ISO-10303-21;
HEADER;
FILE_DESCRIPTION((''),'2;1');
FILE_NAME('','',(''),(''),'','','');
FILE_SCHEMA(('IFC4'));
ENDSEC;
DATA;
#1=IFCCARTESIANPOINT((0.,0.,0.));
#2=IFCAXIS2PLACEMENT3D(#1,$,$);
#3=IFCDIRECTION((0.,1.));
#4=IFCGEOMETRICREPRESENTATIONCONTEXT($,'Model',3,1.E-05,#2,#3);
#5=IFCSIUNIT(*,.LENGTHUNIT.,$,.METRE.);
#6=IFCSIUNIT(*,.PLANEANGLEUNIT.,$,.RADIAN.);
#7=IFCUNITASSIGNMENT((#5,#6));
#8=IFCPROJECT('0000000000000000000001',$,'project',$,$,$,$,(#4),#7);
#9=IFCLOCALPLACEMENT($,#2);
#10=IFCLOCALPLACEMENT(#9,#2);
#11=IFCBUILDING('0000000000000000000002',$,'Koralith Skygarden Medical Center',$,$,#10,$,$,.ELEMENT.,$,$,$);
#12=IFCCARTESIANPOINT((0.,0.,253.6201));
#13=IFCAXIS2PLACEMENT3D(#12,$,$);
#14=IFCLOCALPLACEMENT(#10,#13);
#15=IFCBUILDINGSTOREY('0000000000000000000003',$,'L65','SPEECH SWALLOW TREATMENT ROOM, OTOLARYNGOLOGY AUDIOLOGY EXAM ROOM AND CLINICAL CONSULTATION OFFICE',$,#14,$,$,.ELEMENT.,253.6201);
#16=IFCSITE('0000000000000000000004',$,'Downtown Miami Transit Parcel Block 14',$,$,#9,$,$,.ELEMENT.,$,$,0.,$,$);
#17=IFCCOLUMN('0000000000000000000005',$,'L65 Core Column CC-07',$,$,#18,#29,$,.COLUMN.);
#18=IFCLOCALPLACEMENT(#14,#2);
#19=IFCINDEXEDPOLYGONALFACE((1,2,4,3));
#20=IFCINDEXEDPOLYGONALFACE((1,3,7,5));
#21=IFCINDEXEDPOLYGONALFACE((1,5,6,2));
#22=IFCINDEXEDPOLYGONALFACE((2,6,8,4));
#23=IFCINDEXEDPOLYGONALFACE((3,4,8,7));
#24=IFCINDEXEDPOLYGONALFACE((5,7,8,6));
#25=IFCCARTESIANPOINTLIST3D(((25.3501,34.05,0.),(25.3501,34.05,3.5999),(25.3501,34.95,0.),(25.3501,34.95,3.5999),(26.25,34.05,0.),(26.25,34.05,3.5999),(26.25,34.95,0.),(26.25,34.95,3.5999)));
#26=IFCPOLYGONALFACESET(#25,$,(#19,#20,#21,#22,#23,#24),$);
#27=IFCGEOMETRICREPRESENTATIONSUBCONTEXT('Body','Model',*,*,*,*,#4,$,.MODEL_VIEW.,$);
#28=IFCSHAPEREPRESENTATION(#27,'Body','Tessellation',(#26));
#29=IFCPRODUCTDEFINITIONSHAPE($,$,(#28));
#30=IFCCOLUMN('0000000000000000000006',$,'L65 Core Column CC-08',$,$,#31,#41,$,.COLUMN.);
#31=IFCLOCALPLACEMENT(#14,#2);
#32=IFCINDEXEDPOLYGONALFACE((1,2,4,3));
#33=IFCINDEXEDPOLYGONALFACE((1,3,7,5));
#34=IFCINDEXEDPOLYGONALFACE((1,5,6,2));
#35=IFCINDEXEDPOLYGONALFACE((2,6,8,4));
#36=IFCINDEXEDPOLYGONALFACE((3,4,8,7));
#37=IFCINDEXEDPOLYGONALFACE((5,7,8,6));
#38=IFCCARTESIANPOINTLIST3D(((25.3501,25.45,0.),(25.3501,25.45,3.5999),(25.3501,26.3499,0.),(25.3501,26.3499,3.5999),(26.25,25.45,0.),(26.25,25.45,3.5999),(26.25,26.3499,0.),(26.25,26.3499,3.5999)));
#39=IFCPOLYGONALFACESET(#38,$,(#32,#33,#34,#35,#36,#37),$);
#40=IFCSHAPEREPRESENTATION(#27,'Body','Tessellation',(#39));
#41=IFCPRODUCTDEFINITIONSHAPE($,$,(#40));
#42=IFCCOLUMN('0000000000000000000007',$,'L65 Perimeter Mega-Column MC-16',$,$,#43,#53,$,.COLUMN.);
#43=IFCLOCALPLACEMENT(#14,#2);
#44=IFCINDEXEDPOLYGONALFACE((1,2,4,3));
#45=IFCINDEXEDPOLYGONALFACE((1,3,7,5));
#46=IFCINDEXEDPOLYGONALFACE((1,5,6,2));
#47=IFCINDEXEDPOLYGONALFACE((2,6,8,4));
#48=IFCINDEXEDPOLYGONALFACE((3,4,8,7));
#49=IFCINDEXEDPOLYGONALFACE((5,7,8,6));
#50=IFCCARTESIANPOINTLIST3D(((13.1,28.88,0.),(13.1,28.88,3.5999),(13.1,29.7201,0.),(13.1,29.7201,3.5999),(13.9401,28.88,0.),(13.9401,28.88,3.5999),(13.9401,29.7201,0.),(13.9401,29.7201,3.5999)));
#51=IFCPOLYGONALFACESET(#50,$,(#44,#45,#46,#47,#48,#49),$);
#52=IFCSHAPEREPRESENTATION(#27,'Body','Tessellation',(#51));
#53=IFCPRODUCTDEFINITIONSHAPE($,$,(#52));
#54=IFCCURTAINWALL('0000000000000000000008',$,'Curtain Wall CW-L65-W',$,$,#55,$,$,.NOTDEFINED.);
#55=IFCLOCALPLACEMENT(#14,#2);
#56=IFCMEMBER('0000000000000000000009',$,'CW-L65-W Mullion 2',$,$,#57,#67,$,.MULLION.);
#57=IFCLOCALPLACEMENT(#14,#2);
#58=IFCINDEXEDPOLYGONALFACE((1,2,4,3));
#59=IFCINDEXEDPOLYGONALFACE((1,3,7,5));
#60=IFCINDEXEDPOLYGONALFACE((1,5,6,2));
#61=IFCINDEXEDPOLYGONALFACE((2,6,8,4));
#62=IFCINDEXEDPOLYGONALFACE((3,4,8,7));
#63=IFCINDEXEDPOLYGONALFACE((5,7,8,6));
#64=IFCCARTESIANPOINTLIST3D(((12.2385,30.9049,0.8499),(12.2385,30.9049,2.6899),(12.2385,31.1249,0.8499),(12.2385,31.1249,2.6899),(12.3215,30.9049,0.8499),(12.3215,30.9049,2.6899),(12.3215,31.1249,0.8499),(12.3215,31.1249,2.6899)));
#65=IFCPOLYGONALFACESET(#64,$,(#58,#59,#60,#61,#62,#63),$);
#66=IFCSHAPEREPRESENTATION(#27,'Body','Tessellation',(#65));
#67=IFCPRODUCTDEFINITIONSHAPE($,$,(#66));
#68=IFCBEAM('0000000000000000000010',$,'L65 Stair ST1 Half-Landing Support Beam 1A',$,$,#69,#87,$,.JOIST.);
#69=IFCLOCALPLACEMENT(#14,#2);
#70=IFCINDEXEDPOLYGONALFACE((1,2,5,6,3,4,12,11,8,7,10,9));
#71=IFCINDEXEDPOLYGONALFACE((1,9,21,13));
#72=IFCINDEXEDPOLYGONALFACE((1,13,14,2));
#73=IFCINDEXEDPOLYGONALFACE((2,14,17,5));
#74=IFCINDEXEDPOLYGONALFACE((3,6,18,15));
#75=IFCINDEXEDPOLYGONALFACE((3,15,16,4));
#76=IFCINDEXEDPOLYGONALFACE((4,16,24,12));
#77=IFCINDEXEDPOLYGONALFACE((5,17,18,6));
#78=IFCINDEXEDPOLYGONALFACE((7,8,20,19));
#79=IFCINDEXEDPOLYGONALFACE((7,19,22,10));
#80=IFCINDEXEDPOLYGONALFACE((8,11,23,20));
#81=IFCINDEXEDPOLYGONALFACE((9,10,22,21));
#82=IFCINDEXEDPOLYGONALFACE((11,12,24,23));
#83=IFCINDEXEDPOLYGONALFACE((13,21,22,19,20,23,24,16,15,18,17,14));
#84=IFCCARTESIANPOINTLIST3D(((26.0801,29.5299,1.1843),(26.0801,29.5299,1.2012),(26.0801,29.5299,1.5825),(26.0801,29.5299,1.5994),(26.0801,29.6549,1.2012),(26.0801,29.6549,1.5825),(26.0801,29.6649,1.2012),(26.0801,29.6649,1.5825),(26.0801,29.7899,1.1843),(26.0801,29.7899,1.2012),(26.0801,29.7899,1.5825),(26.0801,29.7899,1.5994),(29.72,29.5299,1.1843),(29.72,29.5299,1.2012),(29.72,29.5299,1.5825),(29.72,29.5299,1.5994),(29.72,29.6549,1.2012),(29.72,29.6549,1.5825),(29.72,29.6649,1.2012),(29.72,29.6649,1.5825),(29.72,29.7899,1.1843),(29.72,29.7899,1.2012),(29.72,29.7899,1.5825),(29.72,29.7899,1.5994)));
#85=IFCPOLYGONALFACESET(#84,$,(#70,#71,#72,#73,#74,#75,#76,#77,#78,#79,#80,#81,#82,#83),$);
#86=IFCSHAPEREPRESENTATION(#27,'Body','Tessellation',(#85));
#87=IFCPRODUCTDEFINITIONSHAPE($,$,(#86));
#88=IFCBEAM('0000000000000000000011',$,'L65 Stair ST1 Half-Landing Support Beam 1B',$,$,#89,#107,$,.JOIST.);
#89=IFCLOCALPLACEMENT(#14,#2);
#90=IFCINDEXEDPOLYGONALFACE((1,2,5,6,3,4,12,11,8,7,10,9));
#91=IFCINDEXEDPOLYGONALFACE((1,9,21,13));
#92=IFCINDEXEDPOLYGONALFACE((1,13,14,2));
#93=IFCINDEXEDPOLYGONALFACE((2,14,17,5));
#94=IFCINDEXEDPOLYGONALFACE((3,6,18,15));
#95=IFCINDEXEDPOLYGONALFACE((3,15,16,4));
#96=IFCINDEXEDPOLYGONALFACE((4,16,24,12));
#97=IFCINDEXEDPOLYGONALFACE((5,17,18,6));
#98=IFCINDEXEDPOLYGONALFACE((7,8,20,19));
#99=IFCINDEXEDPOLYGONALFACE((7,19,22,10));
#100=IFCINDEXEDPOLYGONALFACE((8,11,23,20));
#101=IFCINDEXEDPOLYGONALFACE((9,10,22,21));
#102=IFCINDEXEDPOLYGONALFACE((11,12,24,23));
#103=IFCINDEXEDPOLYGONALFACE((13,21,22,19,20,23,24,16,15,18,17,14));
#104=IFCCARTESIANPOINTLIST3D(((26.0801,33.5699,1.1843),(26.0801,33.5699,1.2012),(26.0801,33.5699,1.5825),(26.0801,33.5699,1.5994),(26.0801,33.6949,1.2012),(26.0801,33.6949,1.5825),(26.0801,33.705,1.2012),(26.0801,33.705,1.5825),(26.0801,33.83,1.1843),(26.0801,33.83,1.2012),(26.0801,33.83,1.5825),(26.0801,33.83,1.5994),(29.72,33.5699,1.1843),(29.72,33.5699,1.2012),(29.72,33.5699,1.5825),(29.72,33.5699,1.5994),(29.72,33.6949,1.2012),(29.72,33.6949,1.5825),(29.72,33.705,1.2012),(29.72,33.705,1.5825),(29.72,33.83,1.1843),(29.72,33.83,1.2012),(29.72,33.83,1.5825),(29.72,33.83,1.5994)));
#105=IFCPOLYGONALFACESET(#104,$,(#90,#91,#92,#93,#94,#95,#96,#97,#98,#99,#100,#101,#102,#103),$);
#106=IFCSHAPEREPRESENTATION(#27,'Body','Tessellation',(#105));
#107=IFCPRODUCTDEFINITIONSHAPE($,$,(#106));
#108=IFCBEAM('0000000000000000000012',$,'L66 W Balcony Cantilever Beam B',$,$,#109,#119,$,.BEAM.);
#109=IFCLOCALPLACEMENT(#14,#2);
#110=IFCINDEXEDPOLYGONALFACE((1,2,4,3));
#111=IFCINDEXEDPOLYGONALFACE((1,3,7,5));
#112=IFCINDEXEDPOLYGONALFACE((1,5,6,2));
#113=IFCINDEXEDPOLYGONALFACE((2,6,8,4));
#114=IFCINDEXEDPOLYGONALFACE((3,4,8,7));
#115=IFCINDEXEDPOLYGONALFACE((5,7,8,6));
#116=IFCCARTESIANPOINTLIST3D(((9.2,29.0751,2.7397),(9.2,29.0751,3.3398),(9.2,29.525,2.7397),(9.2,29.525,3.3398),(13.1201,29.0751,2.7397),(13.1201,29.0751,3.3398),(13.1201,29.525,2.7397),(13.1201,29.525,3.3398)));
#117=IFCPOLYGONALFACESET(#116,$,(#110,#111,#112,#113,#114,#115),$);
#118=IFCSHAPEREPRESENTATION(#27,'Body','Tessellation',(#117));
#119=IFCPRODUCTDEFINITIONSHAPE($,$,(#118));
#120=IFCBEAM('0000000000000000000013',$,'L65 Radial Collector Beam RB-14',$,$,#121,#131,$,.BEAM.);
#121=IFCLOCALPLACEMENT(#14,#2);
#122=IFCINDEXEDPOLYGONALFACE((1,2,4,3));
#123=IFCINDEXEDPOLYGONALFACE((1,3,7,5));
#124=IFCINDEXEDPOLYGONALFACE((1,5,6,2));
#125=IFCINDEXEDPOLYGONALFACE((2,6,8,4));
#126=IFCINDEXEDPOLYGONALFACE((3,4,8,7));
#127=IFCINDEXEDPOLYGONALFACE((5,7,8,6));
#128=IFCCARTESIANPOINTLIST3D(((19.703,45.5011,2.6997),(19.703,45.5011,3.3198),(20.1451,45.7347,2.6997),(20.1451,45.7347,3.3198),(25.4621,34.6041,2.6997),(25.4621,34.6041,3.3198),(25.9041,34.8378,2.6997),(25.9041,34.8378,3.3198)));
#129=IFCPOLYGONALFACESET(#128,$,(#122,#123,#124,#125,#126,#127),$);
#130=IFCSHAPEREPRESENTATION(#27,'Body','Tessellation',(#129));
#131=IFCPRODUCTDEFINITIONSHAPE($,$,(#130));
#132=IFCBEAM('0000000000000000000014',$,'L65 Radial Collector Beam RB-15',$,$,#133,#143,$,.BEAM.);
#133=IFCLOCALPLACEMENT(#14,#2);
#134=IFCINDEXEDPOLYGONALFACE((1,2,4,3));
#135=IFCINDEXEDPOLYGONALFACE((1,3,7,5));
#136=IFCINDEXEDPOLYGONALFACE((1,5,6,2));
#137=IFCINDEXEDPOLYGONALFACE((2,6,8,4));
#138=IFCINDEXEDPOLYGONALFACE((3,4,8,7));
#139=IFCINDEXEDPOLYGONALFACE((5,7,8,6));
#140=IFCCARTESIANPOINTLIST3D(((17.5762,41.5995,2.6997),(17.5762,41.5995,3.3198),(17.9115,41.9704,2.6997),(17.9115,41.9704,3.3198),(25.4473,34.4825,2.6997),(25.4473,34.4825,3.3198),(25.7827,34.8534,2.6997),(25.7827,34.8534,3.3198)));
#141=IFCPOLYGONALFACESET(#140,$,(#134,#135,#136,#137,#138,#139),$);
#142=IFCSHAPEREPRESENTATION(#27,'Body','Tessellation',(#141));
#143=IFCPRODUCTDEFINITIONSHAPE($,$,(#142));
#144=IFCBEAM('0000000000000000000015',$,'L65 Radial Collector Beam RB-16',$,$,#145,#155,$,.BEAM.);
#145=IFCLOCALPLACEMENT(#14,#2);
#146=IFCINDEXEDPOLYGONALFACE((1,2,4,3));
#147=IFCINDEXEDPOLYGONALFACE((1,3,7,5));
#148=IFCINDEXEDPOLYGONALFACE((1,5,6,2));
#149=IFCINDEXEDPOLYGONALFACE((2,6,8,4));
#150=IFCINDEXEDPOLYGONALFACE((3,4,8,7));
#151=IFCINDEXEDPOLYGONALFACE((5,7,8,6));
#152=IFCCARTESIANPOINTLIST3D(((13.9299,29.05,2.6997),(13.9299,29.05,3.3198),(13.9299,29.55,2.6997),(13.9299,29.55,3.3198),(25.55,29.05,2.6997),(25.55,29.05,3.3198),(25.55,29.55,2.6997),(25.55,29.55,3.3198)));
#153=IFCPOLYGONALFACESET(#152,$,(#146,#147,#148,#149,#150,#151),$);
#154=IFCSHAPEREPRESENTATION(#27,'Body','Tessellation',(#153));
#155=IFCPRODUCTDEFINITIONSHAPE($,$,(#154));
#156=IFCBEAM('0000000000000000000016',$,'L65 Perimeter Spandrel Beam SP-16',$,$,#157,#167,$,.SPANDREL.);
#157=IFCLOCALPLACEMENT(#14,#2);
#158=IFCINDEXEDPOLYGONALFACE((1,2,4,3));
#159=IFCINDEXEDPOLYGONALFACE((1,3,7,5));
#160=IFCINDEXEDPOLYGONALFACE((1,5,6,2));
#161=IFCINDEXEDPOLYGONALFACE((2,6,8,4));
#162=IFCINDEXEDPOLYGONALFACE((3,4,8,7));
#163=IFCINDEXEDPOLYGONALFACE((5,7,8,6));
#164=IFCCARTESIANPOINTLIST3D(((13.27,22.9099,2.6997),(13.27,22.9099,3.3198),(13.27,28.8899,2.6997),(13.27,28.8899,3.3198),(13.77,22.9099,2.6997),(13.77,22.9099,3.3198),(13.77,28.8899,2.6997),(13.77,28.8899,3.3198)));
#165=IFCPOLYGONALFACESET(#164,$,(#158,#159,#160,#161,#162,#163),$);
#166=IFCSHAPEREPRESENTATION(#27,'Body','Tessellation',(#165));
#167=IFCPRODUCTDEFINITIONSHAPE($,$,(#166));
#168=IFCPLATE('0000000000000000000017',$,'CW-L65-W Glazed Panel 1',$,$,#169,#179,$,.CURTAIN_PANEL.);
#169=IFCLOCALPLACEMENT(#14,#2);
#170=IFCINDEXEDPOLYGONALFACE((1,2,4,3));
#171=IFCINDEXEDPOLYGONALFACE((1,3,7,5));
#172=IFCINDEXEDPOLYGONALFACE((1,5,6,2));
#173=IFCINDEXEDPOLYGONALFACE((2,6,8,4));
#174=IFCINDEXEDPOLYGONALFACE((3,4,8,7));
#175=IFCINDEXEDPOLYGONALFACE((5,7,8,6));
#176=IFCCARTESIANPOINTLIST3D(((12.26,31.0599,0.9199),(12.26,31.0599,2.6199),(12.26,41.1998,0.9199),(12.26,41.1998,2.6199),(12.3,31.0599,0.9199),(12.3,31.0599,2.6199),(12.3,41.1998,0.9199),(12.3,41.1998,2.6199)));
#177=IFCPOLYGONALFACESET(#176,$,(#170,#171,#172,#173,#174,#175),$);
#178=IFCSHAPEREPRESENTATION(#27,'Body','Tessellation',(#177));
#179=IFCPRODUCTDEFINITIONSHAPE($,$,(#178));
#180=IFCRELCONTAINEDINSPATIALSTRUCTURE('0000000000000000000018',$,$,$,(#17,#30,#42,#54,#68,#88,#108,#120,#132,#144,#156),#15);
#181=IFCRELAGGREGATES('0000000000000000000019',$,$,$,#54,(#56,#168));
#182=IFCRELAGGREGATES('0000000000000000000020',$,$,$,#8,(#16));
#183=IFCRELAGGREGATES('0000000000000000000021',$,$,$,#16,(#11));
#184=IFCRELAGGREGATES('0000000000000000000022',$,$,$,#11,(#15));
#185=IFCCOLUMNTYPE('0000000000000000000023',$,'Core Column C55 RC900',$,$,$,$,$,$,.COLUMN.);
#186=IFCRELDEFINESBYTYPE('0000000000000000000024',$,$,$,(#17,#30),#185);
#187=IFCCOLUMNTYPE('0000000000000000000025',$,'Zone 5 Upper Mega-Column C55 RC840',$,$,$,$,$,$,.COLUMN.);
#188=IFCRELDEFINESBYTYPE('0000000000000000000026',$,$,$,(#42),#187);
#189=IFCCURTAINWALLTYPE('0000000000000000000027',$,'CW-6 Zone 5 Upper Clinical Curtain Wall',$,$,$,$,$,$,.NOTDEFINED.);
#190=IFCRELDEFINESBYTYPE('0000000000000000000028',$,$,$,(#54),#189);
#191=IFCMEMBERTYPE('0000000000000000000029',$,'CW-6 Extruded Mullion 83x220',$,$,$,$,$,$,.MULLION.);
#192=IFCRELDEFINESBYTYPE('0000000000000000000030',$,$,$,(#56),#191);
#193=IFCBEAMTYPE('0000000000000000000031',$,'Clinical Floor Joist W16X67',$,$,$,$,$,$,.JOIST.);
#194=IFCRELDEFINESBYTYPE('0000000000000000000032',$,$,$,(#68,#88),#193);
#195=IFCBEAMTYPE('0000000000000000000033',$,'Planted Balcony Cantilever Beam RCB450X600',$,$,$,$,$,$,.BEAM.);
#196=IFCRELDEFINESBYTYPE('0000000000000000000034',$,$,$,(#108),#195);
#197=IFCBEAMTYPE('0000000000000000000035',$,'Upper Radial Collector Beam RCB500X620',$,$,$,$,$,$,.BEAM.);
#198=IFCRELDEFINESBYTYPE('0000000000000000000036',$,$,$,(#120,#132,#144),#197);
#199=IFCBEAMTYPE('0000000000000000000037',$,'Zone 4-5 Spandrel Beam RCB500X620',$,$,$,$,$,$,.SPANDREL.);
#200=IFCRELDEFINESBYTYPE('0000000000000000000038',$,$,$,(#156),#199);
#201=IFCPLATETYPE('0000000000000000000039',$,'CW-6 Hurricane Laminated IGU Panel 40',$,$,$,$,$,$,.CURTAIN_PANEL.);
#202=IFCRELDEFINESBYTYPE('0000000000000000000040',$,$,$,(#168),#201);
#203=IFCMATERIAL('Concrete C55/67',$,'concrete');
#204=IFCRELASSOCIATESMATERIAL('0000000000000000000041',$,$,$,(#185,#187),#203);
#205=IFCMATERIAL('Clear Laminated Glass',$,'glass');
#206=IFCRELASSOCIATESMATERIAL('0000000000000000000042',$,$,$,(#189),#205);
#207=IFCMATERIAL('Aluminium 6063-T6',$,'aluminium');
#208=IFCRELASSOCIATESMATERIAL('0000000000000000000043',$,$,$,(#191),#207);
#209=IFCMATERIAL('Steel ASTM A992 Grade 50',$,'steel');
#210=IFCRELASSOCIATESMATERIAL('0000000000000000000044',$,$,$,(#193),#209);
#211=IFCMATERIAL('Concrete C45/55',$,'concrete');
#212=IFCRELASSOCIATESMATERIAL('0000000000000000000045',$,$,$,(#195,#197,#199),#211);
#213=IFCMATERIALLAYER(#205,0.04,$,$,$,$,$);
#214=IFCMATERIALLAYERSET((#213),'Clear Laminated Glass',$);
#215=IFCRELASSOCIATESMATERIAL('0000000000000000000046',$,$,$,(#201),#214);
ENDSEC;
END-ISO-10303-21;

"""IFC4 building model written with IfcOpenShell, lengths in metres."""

from ifc_helpers import new_model, si_unit, direction, frame, origin, origin_2d, place, context, subcontext, project, spatial, rectangle, i_section, extrude, material, layer, layer_set, material_profile, profile_set, type_object, element, aggregate, save


model = new_model("IFC4")

# Units and contexts
model_context = context("Model", 3, precision=1e-05, world=origin(), true_north=direction((0.0, 1.0)))
body_context = subcontext(model_context, "Body", "Model", "MODEL_VIEW")
ifc_project = project(units=[si_unit("LENGTHUNIT", "METRE"), si_unit("PLANEANGLEUNIT", "RADIAN")], contexts=[model_context])

# Site, building, storey
site_placement = place(None, origin())
site = spatial("IfcSite", under=ifc_project, at=site_placement, Name="Downtown Miami Transit Parcel Block 14", CompositionType="ELEMENT", RefElevation=0.0)
building_placement = place(site_placement, origin())
building = spatial("IfcBuilding", under=site, at=building_placement, Name="Koralith Skygarden Medical Center", CompositionType="ELEMENT")
storey_placement = place(building_placement, frame((0.0, 0.0, 253.6201)))
storey = spatial("IfcBuildingStorey", under=building, at=storey_placement, Name="L65", Description="SPEECH SWALLOW TREATMENT ROOM, OTOLARYNGOLOGY AUDIOLOGY EXAM ROOM AND CLINICAL CONSULTATION OFFICE", CompositionType="ELEMENT", Elevation=253.6201)

# Columns
ifc_material_1 = material(Name="Concrete C55/67", Category="concrete")
ifc_material_profile_1 = material_profile(ifc_material_1, rectangle(XDim=0.8999, YDim=0.8999, at=origin_2d()), Name="RC900X900")
ifc_profile_set_1 = profile_set([ifc_material_profile_1], Name="Concrete C55/67")
column_type_1 = type_object("IfcColumnType", Name="Core Column C55 RC900", PredefinedType="COLUMN", material=ifc_profile_set_1)
for number, where, z_axis, x_axis, name in (
    (1, (25.8, 34.5, 0.0), (0.0, 0.0, 1.0), (1.0, 0.0, 0.0), "L65 Core Column CC-07"),
    (2, (25.8, 25.8999, 0.0), (0.0, 0.0, 1.0), (1.0, 0.0, 0.0), "L65 Core Column CC-08"),
):
    element("IfcColumn", number, at=place(storey_placement, frame(where, z_axis=z_axis, x_axis=x_axis)), inside=storey, type_object=column_type_1, Name=name, PredefinedType="COLUMN", context=body_context, shape_type="SweptSolid", body=[
        extrude(rectangle(XDim=0.8999, YDim=0.8999, at=origin_2d()), origin(), (0.0, 0.0, 1.0), 3.5999),
    ])
ifc_material_profile_2 = material_profile(ifc_material_1, rectangle(XDim=0.8401, YDim=0.8401, at=origin_2d()), Name="RC840X840")
ifc_profile_set_2 = profile_set([ifc_material_profile_2], Name="Concrete C55/67")
column_type_2 = type_object("IfcColumnType", Name="Zone 5 Upper Mega-Column C55 RC840", PredefinedType="COLUMN", material=ifc_profile_set_2)
column_placement = place(storey_placement, frame((13.52, 29.3, 0.0), z_axis=(0.0, 0.0, 1.0), x_axis=(1.0, 0.0, 0.0)))
element("IfcColumn", 3, at=column_placement, inside=storey, type_object=column_type_2, Name="L65 Perimeter Mega-Column MC-16", PredefinedType="COLUMN", context=body_context, shape_type="SweptSolid", body=[
    extrude(rectangle(XDim=0.8401, YDim=0.8401, at=origin_2d()), origin(), (0.0, 0.0, 1.0), 3.5999),
])

# Curtain wall, member
ifc_material_2 = material(Name="Clear Laminated Glass", Category="glass")
curtain_wall_type = type_object("IfcCurtainWallType", Name="CW-6 Zone 5 Upper Clinical Curtain Wall", PredefinedType="NOTDEFINED", material=ifc_material_2)
curtain_wall_placement = place(storey_placement, origin())
curtain_wall = element("IfcCurtainWall", 4, at=curtain_wall_placement, inside=storey, type_object=curtain_wall_type, Name="Curtain Wall CW-L65-W", PredefinedType="NOTDEFINED")
ifc_material_3 = material(Name="Aluminium 6063-T6", Category="aluminium")
ifc_material_profile_3 = material_profile(ifc_material_3, rectangle(XDim=0.083, YDim=0.22, at=origin_2d()), Name="MUL83X220")
ifc_profile_set_3 = profile_set([ifc_material_profile_3], Name="Aluminium 6063-T6")
member_type = type_object("IfcMemberType", Name="CW-6 Extruded Mullion 83x220", PredefinedType="MULLION", material=ifc_profile_set_3)
member_placement = place(storey_placement, frame((12.28, 31.0149, 0.8499), z_axis=(0.0, 0.0, 1.0), x_axis=(1.0, 0.0, 0.0)))
member = element("IfcMember", 5, at=member_placement, type_object=member_type, Name="CW-L65-W Mullion 2", PredefinedType="MULLION", context=body_context, shape_type="SweptSolid", body=[
    extrude(rectangle(XDim=0.083, YDim=0.22, at=origin_2d()), origin(), (0.0, 0.0, 1.0), 1.8401),
])

# Beams
ifc_material_4 = material(Name="Steel ASTM A992 Grade 50", Category="steel")
ifc_material_profile_4 = material_profile(ifc_material_4, i_section(OverallWidth=0.26, OverallDepth=0.415, WebThickness=0.01, FlangeThickness=0.0168, at=origin_2d()), Name="W16X67")
ifc_profile_set_4 = profile_set([ifc_material_profile_4], Name="Steel ASTM A992 Grade 50")
beam_type_1 = type_object("IfcBeamType", Name="Clinical Floor Joist W16X67", PredefinedType="JOIST", material=ifc_profile_set_4)
for number, where, z_axis, x_axis, name in (
    (6, (26.0801, 29.6599, 1.3918), (1.0, 0.0, 0.0), (0.0, 1.0, 0.0), "L65 Stair ST1 Half-Landing Support Beam 1A"),
    (7, (26.0801, 33.7, 1.3918), (1.0, 0.0, 0.0), (0.0, 1.0, 0.0), "L65 Stair ST1 Half-Landing Support Beam 1B"),
):
    element("IfcBeam", number, at=place(storey_placement, frame(where, z_axis=z_axis, x_axis=x_axis)), inside=storey, type_object=beam_type_1, Name=name, PredefinedType="JOIST", context=body_context, shape_type="SweptSolid", body=[
        extrude(i_section(OverallWidth=0.26, OverallDepth=0.415, WebThickness=0.01, FlangeThickness=0.0168, at=origin_2d()), origin(), (0.0, 0.0, 1.0), 3.6399),
    ])
ifc_material_5 = material(Name="Concrete C45/55", Category="concrete")
ifc_material_profile_5 = material_profile(ifc_material_5, rectangle(XDim=0.45, YDim=0.6001, at=origin_2d()), Name="RCB450X600")
ifc_profile_set_5 = profile_set([ifc_material_profile_5], Name="Concrete C45/55")
beam_type_2 = type_object("IfcBeamType", Name="Planted Balcony Cantilever Beam RCB450X600", PredefinedType="BEAM", material=ifc_profile_set_5)
beam_1_placement = place(storey_placement, frame((13.1201, 29.3, 3.0398), z_axis=(-1.0, 0.0, 0.0), x_axis=(0.0, -1.0, 0.0)))
element("IfcBeam", 8, at=beam_1_placement, inside=storey, type_object=beam_type_2, Name="L66 W Balcony Cantilever Beam B", PredefinedType="BEAM", context=body_context, shape_type="SweptSolid", body=[
    extrude(rectangle(XDim=0.45, YDim=0.6001, at=origin_2d()), origin(), (0.0, 0.0, 1.0), 3.9202),
])
ifc_material_profile_6 = material_profile(ifc_material_5, rectangle(XDim=0.5, YDim=0.6201, at=origin_2d()), Name="RCB500X620")
ifc_profile_set_6 = profile_set([ifc_material_profile_6], Name="Concrete C45/55")
beam_type_3 = type_object("IfcBeamType", Name="Upper Radial Collector Beam RCB500X620", PredefinedType="BEAM", material=ifc_profile_set_6)
beam_2_placement = place(storey_placement, frame((25.6831, 34.7209, 3.0098), z_axis=(-0.467257, 0.884122, 0.0), x_axis=(-0.884122, -0.467257, 0.0)))
element("IfcBeam", 9, at=beam_2_placement, inside=storey, type_object=beam_type_3, Name="L65 Radial Collector Beam RB-14", PredefinedType="BEAM", context=body_context, shape_type="SweptSolid", body=[
    extrude(rectangle(XDim=0.5, YDim=0.6201, at=origin_2d()), origin(), (0.0, 0.0, 1.0), 12.3252),
])
beam_3_placement = place(storey_placement, frame((25.615, 34.668, 3.0098), z_axis=(-0.741748, 0.670679, 0.0), x_axis=(-0.670679, -0.741748, 0.0)))
element("IfcBeam", 10, at=beam_3_placement, inside=storey, type_object=beam_type_3, Name="L65 Radial Collector Beam RB-15", PredefinedType="BEAM", context=body_context, shape_type="SweptSolid", body=[
    extrude(rectangle(XDim=0.5, YDim=0.6201, at=origin_2d()), origin(), (0.0, 0.0, 1.0), 10.6116),
])
beam_4_placement = place(storey_placement, frame((25.55, 29.3, 3.0098), z_axis=(-1.0, 0.0, 0.0), x_axis=(0.0, -1.0, 0.0)))
element("IfcBeam", 11, at=beam_4_placement, inside=storey, type_object=beam_type_3, Name="L65 Radial Collector Beam RB-16", PredefinedType="BEAM", context=body_context, shape_type="SweptSolid", body=[
    extrude(rectangle(XDim=0.5, YDim=0.6201, at=origin_2d()), origin(), (0.0, 0.0, 1.0), 11.6201),
])
ifc_material_profile_7 = material_profile(ifc_material_5, rectangle(XDim=0.5, YDim=0.6201, at=origin_2d()), Name="RCB500X620")
ifc_profile_set_7 = profile_set([ifc_material_profile_7], Name="Concrete C45/55")
beam_type_4 = type_object("IfcBeamType", Name="Zone 4-5 Spandrel Beam RCB500X620", PredefinedType="SPANDREL", material=ifc_profile_set_7)
beam_5_placement = place(storey_placement, frame((13.52, 28.8899, 3.0098), z_axis=(0.0, -1.0, 0.0), x_axis=(1.0, 0.0, 0.0)))
element("IfcBeam", 12, at=beam_5_placement, inside=storey, type_object=beam_type_4, Name="L65 Perimeter Spandrel Beam SP-16", PredefinedType="SPANDREL", context=body_context, shape_type="SweptSolid", body=[
    extrude(rectangle(XDim=0.5, YDim=0.6201, at=origin_2d()), origin(), (0.0, 0.0, 1.0), 5.98),
])

# Plate
ifc_layer_1 = layer(ifc_material_2, 0.04)
ifc_layer_set_1 = layer_set([ifc_layer_1], Name="Clear Laminated Glass")
plate_type = type_object("IfcPlateType", Name="CW-6 Hurricane Laminated IGU Panel 40", PredefinedType="CURTAIN_PANEL", material=ifc_layer_set_1)
plate_placement = place(storey_placement, frame((12.28, 36.1299, 0.9199), z_axis=(0.0, 0.0, 1.0), x_axis=(0.0, -1.0, 0.0)))
plate = element("IfcPlate", 13, at=plate_placement, type_object=plate_type, Name="CW-L65-W Glazed Panel 1", PredefinedType="CURTAIN_PANEL", context=body_context, shape_type="SweptSolid", body=[
    extrude(rectangle(XDim=10.1399, YDim=0.04, at=origin_2d()), origin(), (0.0, 0.0, 1.0), 1.7),
])
aggregate(curtain_wall, [member, plate])

save(model, "model.ifc")
